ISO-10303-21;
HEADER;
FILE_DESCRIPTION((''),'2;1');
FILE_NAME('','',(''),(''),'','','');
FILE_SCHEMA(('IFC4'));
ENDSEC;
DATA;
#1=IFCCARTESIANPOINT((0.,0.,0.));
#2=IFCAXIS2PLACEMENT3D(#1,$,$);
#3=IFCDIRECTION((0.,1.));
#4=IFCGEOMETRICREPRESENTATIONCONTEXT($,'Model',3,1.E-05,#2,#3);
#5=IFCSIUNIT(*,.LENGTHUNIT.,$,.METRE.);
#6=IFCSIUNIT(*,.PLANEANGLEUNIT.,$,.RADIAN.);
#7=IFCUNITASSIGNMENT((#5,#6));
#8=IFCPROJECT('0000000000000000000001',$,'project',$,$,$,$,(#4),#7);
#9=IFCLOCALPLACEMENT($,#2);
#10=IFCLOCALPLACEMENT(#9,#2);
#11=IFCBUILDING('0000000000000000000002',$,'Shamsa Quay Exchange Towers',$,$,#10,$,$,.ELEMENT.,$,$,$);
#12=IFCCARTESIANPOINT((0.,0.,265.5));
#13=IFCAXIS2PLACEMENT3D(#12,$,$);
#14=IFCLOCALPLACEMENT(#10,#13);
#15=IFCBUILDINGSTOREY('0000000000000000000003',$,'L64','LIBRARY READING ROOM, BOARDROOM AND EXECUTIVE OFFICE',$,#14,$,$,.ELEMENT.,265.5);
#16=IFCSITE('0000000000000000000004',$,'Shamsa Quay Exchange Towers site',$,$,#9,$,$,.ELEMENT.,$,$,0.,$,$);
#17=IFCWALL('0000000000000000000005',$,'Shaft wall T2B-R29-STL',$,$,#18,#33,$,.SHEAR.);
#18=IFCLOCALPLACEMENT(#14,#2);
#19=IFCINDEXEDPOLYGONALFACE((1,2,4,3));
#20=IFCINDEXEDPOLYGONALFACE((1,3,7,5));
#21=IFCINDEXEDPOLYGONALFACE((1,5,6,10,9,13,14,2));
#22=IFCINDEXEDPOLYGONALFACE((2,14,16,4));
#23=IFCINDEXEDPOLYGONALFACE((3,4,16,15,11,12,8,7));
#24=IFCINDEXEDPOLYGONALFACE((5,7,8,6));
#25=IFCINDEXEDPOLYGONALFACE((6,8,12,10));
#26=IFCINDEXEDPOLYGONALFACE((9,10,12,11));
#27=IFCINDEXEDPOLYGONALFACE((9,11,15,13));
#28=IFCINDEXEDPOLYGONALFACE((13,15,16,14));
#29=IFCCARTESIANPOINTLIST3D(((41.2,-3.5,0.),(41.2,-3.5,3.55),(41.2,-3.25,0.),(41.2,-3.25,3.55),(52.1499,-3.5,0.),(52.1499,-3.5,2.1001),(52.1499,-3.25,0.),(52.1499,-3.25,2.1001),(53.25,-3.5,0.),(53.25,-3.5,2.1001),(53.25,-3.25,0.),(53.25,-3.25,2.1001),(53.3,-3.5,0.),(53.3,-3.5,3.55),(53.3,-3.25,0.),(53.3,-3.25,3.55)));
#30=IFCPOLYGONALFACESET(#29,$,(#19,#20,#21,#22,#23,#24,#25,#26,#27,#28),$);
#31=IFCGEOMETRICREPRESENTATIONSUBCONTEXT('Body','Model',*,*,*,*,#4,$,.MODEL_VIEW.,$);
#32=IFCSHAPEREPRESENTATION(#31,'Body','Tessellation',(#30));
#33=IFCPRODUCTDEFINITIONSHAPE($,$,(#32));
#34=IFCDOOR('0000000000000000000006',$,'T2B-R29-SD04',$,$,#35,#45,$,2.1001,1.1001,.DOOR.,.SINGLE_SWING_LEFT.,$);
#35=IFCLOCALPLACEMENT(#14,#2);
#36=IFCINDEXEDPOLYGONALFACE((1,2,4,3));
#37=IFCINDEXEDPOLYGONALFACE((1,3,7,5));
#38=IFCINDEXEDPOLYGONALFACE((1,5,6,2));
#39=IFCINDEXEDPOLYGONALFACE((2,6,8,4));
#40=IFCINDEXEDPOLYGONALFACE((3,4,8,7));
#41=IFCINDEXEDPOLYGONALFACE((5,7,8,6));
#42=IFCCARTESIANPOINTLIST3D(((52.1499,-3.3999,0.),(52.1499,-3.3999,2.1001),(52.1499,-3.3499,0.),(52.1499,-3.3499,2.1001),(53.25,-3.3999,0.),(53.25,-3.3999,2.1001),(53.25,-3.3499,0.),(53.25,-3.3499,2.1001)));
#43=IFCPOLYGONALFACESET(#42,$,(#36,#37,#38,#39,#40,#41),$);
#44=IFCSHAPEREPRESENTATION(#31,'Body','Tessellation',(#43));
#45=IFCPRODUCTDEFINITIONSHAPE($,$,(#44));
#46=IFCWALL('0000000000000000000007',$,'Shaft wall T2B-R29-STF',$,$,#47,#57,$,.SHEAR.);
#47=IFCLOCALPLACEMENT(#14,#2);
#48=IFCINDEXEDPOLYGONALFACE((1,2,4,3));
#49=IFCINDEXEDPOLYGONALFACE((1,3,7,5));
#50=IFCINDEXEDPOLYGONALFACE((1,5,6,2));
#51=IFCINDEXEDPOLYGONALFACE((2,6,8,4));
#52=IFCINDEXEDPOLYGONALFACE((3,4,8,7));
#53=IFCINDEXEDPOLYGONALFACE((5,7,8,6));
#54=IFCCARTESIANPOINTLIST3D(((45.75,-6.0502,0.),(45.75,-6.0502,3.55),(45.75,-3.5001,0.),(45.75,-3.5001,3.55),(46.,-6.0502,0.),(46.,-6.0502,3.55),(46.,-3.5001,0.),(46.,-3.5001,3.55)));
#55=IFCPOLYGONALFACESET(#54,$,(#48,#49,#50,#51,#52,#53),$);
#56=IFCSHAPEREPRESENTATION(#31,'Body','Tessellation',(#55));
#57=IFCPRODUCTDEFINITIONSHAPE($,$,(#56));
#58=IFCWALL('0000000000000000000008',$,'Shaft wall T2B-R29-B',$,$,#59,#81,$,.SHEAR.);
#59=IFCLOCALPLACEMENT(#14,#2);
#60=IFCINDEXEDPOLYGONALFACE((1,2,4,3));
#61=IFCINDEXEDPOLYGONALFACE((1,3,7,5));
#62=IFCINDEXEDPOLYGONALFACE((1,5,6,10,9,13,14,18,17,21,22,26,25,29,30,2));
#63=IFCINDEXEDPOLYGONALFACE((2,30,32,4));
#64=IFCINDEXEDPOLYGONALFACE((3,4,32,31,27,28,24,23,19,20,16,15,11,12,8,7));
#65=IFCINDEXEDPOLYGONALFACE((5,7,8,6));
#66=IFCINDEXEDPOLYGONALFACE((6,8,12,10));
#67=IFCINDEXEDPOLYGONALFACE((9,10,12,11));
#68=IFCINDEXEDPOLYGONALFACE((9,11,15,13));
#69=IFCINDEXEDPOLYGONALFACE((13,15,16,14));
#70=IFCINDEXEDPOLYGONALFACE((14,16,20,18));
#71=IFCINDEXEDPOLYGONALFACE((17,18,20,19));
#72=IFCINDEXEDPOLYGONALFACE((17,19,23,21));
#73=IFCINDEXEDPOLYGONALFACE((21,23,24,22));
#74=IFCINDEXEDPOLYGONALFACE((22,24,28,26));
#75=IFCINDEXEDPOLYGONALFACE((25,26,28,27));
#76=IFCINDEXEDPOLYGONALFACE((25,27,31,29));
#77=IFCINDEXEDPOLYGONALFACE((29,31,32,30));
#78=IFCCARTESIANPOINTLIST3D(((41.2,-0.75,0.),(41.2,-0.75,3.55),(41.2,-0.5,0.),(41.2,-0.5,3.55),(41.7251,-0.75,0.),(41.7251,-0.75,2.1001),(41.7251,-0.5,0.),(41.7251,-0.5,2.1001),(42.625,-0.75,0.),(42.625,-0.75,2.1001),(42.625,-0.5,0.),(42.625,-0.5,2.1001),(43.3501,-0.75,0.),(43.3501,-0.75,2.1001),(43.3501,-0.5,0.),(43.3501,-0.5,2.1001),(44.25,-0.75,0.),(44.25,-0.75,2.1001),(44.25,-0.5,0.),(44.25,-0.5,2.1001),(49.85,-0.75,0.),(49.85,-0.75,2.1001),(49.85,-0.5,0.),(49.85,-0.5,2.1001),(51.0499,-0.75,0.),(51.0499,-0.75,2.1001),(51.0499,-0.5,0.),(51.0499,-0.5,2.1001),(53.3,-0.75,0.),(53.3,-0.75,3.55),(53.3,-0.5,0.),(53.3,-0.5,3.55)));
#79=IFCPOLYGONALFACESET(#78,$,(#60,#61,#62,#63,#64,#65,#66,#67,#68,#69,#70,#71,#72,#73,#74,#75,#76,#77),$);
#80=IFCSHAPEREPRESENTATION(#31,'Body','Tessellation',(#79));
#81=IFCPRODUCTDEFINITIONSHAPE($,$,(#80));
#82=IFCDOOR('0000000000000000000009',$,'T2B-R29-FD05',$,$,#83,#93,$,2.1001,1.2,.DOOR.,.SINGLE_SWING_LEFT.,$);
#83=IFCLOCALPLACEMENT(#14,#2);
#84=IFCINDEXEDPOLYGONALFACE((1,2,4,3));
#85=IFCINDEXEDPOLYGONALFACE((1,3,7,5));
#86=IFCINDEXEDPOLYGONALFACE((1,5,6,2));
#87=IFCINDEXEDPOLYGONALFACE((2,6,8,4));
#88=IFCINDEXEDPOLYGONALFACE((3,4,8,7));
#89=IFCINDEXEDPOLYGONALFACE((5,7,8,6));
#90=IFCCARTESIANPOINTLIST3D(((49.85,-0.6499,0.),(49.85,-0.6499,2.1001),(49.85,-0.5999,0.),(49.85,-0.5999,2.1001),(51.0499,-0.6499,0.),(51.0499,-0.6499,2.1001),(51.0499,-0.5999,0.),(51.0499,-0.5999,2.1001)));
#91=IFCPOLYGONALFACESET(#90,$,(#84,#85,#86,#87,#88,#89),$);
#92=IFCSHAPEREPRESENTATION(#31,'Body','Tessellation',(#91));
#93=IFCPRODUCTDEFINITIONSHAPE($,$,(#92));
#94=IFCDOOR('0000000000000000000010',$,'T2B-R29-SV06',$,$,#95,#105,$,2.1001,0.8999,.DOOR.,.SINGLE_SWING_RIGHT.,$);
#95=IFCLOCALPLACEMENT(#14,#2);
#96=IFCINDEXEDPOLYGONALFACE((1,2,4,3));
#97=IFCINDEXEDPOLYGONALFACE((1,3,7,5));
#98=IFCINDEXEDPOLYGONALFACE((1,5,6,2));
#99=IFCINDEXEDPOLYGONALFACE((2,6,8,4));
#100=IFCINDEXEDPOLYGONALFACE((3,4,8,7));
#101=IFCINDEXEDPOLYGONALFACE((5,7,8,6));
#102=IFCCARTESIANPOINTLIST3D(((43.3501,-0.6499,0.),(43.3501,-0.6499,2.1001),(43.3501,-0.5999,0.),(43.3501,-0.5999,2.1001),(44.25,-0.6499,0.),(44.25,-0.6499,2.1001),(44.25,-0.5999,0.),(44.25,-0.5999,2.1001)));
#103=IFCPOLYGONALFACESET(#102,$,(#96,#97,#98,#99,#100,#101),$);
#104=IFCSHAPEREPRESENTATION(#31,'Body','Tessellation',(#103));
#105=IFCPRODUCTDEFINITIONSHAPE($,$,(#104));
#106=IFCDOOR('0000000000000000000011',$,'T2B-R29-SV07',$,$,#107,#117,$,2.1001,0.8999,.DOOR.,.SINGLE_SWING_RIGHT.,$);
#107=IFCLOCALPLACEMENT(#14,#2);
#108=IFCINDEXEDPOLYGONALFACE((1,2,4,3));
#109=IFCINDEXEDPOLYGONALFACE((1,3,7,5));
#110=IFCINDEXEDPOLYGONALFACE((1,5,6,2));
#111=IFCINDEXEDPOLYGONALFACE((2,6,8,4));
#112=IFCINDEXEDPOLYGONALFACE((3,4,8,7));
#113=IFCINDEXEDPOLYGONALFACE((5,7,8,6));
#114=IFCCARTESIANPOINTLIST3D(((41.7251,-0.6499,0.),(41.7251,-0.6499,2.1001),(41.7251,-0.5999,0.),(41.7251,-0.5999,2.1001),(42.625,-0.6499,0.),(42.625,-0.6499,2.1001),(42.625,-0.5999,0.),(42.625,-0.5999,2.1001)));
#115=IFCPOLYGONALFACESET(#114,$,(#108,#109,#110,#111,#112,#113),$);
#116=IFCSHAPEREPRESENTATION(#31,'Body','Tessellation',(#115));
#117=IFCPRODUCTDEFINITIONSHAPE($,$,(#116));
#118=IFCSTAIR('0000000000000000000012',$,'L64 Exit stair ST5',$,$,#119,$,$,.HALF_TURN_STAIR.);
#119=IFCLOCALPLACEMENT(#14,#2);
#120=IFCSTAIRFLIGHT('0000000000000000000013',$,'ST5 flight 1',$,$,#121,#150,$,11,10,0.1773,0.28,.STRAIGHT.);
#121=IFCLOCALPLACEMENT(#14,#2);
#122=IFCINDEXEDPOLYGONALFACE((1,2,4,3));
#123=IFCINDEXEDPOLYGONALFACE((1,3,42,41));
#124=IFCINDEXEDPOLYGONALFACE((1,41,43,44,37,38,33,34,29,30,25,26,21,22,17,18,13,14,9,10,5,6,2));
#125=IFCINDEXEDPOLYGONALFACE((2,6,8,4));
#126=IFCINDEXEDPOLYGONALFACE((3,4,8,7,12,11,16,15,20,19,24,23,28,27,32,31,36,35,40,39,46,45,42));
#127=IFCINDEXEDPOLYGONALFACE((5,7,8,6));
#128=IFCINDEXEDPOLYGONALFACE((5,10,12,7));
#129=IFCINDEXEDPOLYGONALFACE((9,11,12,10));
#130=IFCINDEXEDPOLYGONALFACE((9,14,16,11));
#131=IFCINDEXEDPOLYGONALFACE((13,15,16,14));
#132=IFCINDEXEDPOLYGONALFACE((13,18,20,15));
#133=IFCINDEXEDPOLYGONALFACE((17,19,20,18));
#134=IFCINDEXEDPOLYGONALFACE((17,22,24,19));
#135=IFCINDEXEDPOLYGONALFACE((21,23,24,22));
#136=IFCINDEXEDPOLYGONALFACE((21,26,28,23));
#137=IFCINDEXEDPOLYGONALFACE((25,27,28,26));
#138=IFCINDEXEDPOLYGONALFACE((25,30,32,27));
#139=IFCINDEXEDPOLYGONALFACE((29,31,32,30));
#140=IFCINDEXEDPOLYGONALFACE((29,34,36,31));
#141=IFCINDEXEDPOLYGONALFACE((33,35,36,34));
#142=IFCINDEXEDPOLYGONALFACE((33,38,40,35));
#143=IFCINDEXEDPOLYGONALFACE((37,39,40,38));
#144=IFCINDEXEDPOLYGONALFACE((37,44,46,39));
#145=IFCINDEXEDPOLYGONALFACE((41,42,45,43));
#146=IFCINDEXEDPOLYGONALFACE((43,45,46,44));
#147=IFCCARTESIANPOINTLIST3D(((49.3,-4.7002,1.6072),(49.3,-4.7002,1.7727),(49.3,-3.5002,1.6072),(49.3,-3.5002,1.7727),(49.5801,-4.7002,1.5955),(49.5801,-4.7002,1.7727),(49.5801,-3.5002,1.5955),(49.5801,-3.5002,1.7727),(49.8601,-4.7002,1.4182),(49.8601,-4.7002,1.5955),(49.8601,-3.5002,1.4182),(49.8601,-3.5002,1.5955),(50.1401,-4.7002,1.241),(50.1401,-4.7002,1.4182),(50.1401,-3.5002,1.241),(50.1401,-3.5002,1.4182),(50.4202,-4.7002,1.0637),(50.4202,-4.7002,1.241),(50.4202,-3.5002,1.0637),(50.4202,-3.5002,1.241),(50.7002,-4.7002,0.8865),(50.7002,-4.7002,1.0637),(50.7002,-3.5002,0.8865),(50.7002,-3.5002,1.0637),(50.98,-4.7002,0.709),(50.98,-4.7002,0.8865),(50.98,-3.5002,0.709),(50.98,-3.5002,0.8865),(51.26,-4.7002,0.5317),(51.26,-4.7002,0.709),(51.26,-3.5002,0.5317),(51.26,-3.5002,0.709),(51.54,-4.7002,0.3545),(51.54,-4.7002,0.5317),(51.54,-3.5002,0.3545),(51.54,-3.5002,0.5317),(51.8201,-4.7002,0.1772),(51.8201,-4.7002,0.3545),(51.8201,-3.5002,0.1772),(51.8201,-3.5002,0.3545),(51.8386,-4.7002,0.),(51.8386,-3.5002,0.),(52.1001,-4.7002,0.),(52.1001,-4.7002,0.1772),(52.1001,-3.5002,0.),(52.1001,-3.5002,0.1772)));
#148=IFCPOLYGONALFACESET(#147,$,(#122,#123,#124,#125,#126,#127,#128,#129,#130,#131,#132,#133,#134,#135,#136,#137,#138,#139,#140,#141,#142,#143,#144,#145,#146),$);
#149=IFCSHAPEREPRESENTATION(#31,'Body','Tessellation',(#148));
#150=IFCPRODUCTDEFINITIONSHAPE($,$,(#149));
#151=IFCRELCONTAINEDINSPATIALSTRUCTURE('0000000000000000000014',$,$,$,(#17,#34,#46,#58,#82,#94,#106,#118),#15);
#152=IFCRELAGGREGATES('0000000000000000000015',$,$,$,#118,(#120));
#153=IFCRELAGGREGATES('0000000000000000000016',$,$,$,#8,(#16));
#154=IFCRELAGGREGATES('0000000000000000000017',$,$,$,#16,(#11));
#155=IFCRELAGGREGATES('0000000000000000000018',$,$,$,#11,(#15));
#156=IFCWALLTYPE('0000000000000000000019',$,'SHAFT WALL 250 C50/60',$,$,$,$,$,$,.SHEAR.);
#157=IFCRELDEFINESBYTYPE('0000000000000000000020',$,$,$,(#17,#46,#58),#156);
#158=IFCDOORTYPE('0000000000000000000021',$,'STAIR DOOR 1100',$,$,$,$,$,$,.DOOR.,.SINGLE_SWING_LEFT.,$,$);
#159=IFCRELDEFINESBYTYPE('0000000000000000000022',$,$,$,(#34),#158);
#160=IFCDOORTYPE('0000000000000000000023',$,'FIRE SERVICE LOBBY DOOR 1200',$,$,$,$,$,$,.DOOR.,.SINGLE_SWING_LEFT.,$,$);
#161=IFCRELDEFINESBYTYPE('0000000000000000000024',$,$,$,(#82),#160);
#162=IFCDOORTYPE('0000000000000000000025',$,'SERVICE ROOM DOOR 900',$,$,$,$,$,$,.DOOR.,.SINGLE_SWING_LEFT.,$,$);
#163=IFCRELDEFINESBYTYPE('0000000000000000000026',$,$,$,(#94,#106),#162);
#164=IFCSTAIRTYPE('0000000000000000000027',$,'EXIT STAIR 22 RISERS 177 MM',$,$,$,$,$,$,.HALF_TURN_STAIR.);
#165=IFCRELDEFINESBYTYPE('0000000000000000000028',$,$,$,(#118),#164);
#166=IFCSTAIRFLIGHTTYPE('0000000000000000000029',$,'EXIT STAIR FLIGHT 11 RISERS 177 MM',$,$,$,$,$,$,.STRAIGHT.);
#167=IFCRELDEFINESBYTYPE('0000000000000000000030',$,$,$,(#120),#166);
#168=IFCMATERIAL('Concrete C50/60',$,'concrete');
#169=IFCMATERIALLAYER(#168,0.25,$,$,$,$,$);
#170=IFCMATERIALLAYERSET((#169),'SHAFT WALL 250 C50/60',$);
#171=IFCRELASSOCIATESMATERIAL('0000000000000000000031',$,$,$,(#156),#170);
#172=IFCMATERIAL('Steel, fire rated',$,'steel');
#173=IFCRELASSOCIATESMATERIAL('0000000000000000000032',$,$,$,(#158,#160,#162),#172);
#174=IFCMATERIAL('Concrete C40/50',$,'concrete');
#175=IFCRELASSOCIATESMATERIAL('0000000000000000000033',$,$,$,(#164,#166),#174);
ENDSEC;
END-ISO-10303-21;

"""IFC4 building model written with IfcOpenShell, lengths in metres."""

from ifc_helpers import new_model, si_unit, direction, frame, frame_2d, origin, place, context, subcontext, project, spatial, polyline, rectangle, outline, extrude, material, layer, layer_set, type_object, element, fill, aggregate, save


model = new_model("IFC4")

# Units and contexts
model_context = context("Model", 3, precision=1e-05, world=origin(), true_north=direction((0.0, 1.0)))
body_context = subcontext(model_context, "Body", "Model", "MODEL_VIEW")
ifc_project = project(units=[si_unit("LENGTHUNIT", "METRE"), si_unit("PLANEANGLEUNIT", "RADIAN")], contexts=[model_context])

# Site, building, storey
site_placement = place(None, origin())
site = spatial("IfcSite", under=ifc_project, at=site_placement, Name="Shamsa Quay Exchange Towers site", CompositionType="ELEMENT", RefElevation=0.0)
building_placement = place(site_placement, origin())
building = spatial("IfcBuilding", under=site, at=building_placement, Name="Shamsa Quay Exchange Towers", CompositionType="ELEMENT")
storey_placement = place(building_placement, frame((0.0, 0.0, 265.5)))
storey = spatial("IfcBuildingStorey", under=building, at=storey_placement, Name="L64", Description="LIBRARY READING ROOM, BOARDROOM AND EXECUTIVE OFFICE", CompositionType="ELEMENT", Elevation=265.5)

# Wall, opening, door
ifc_material_1 = material(Name="Steel, fire rated", Category="steel")
ifc_material_2 = material(Name="Concrete C50/60", Category="concrete")
ifc_layer_1 = layer(ifc_material_2, 0.25)
ifc_layer_set_1 = layer_set([ifc_layer_1], Name="SHAFT WALL 250 C50/60")
wall_type_1 = type_object("IfcWallType", Name="SHAFT WALL 250 C50/60", PredefinedType="SHEAR", material=ifc_layer_set_1)
wall_1_placement = place(storey_placement, frame((53.3, -3.375, 0.0), z_axis=(0.0, 0.0, 1.0), x_axis=(-1.0, 0.0, 0.0)))
wall_1 = element("IfcWall", 1, at=wall_1_placement, inside=storey, type_object=wall_type_1, Name="Shaft wall T2B-R29-STL", PredefinedType="SHEAR", context=body_context, shape_type="SweptSolid", body=[
    extrude(rectangle(XDim=12.1001, YDim=0.25, at=frame_2d((6.05, 0.0))), origin(), (0.0, 0.0, 1.0), 3.55),
])
opening_1_placement = place(wall_1_placement, frame((0.05, 0.0, 0.0)))
opening_1 = element("IfcOpeningElement", 2, at=opening_1_placement, cuts=wall_1, PredefinedType="OPENING", context=body_context, shape_type="SweptSolid", body=[
    extrude(rectangle(XDim=1.1001, YDim=2.1001, at=frame_2d((0.55, 1.05))), frame((0.0, 0.135, 0.0), z_axis=(0.0, -1.0, 0.0), x_axis=(1.0, 0.0, 0.0)), (0.0, 0.0, 1.0), 0.27),
])
door_type_1 = type_object("IfcDoorType", Name="STAIR DOOR 1100", OperationType="SINGLE_SWING_LEFT", PredefinedType="DOOR", material=ifc_material_1)
door_1_placement = place(opening_1_placement, origin())
door_1 = element("IfcDoor", 3, at=door_1_placement, inside=storey, type_object=door_type_1, Name="T2B-R29-SD04", OperationType="SINGLE_SWING_LEFT", OverallHeight=2.1001, OverallWidth=1.1001, PredefinedType="DOOR", context=body_context, shape_type="SweptSolid", body=[
    extrude(rectangle(XDim=1.1001, YDim=2.1001, at=frame_2d((0.55, 1.05))), frame((0.0, 0.0249, 0.0), z_axis=(0.0, -1.0, 0.0), x_axis=(1.0, 0.0, 0.0)), (0.0, 0.0, 1.0), 0.05),
])
fill(opening_1, door_1)

# Wall
wall_2_placement = place(storey_placement, frame((45.875, -6.05, 0.0), z_axis=(0.0, 0.0, 1.0), x_axis=(0.0, 1.0, 0.0)))
element("IfcWall", 4, at=wall_2_placement, inside=storey, type_object=wall_type_1, Name="Shaft wall T2B-R29-STF", PredefinedType="SHEAR", context=body_context, shape_type="SweptSolid", body=[
    extrude(rectangle(XDim=2.55, YDim=0.25, at=frame_2d((1.2749, 0.0))), origin(), (0.0, 0.0, 1.0), 3.55),
])

# Wall, openings, doors
wall_3_placement = place(storey_placement, frame((53.3, -0.625, 0.0), z_axis=(0.0, 0.0, 1.0), x_axis=(-1.0, 0.0, 0.0)))
wall_3 = element("IfcWall", 5, at=wall_3_placement, inside=storey, type_object=wall_type_1, Name="Shaft wall T2B-R29-B", PredefinedType="SHEAR", context=body_context, shape_type="SweptSolid", body=[
    extrude(rectangle(XDim=12.1001, YDim=0.25, at=frame_2d((6.05, 0.0))), origin(), (0.0, 0.0, 1.0), 3.55),
])
opening_2_placement = place(wall_3_placement, frame((2.25, 0.0, 0.0)))
opening_2 = element("IfcOpeningElement", 6, at=opening_2_placement, cuts=wall_3, PredefinedType="OPENING", context=body_context, shape_type="SweptSolid", body=[
    extrude(rectangle(XDim=1.2, YDim=2.1001, at=frame_2d((0.6001, 1.05))), frame((0.0, 0.135, 0.0), z_axis=(0.0, -1.0, 0.0), x_axis=(1.0, 0.0, 0.0)), (0.0, 0.0, 1.0), 0.27),
])
opening_3_placement = place(wall_3_placement, frame((9.05, 0.0, 0.0)))
opening_3 = element("IfcOpeningElement", 7, at=opening_3_placement, cuts=wall_3, PredefinedType="OPENING", context=body_context, shape_type="SweptSolid", body=[
    extrude(rectangle(XDim=0.8999, YDim=2.1001, at=frame_2d((0.45, 1.05))), frame((0.0, 0.135, 0.0), z_axis=(0.0, -1.0, 0.0), x_axis=(1.0, 0.0, 0.0)), (0.0, 0.0, 1.0), 0.27),
])
opening_4_placement = place(wall_3_placement, frame((10.675, 0.0, 0.0)))
opening_4 = element("IfcOpeningElement", 8, at=opening_4_placement, cuts=wall_3, PredefinedType="OPENING", context=body_context, shape_type="SweptSolid", body=[
    extrude(rectangle(XDim=0.8999, YDim=2.1001, at=frame_2d((0.45, 1.05))), frame((0.0, 0.135, 0.0), z_axis=(0.0, -1.0, 0.0), x_axis=(1.0, 0.0, 0.0)), (0.0, 0.0, 1.0), 0.27),
])
door_type_2 = type_object("IfcDoorType", Name="FIRE SERVICE LOBBY DOOR 1200", OperationType="SINGLE_SWING_LEFT", PredefinedType="DOOR", material=ifc_material_1)
door_2_placement = place(opening_2_placement, origin())
door_2 = element("IfcDoor", 9, at=door_2_placement, inside=storey, type_object=door_type_2, Name="T2B-R29-FD05", OperationType="SINGLE_SWING_LEFT", OverallHeight=2.1001, OverallWidth=1.2, PredefinedType="DOOR", context=body_context, shape_type="SweptSolid", body=[
    extrude(rectangle(XDim=1.2, YDim=2.1001, at=frame_2d((0.6001, 1.05))), frame((0.0, 0.0249, 0.0), z_axis=(0.0, -1.0, 0.0), x_axis=(1.0, 0.0, 0.0)), (0.0, 0.0, 1.0), 0.05),
])
fill(opening_2, door_2)
door_type_3 = type_object("IfcDoorType", Name="SERVICE ROOM DOOR 900", OperationType="SINGLE_SWING_LEFT", PredefinedType="DOOR", material=ifc_material_1)
door_3_placement = place(opening_3_placement, origin())
door_3 = element("IfcDoor", 10, at=door_3_placement, inside=storey, type_object=door_type_3, Name="T2B-R29-SV06", OperationType="SINGLE_SWING_RIGHT", OverallHeight=2.1001, OverallWidth=0.8999, PredefinedType="DOOR", context=body_context, shape_type="SweptSolid", body=[
    extrude(rectangle(XDim=0.8999, YDim=2.1001, at=frame_2d((0.45, 1.05))), frame((0.0, 0.0249, 0.0), z_axis=(0.0, -1.0, 0.0), x_axis=(1.0, 0.0, 0.0)), (0.0, 0.0, 1.0), 0.05),
])
fill(opening_3, door_3)
door_4_placement = place(opening_4_placement, origin())
door_4 = element("IfcDoor", 11, at=door_4_placement, inside=storey, type_object=door_type_3, Name="T2B-R29-SV07", OperationType="SINGLE_SWING_RIGHT", OverallHeight=2.1001, OverallWidth=0.8999, PredefinedType="DOOR", context=body_context, shape_type="SweptSolid", body=[
    extrude(rectangle(XDim=0.8999, YDim=2.1001, at=frame_2d((0.45, 1.05))), frame((0.0, 0.0249, 0.0), z_axis=(0.0, -1.0, 0.0), x_axis=(1.0, 0.0, 0.0)), (0.0, 0.0, 1.0), 0.05),
])
fill(opening_4, door_4)

# Stair, stair flight
ifc_material_3 = material(Name="Concrete C40/50", Category="concrete")
stair_type = type_object("IfcStairType", Name="EXIT STAIR 22 RISERS 177 MM", PredefinedType="HALF_TURN_STAIR", material=ifc_material_3)
stair_placement = place(storey_placement, origin())
stair = element("IfcStair", 12, at=stair_placement, inside=storey, type_object=stair_type, Name="L64 Exit stair ST5", PredefinedType="HALF_TURN_STAIR")
stair_flight_type = type_object("IfcStairFlightType", Name="EXIT STAIR FLIGHT 11 RISERS 177 MM", PredefinedType="STRAIGHT", material=ifc_material_3)
stair_flight_1_placement = place(storey_placement, frame((52.1001, -4.1001, 0.0), z_axis=(0.0, 0.0, 1.0), x_axis=(-1.0, 0.0, 0.0)))
stair_flight_1 = element("IfcStairFlight", 13, at=stair_flight_1_placement, type_object=stair_flight_type, Name="ST5 flight 1", NumberOfRisers=11, NumberOfTreads=10, PredefinedType="STRAIGHT", RiserHeight=0.1773, TreadLength=0.28, context=body_context, shape_type="SweptSolid", body=[
    extrude(outline(polyline([(0.0, 0.0), (0.0, 0.1772), (0.28, 0.1772), (0.28, 0.3545), (0.5601, 0.3545), (0.5601, 0.5317), (0.8401, 0.5317), (0.8401, 0.709), (1.1201, 0.709), (1.1201, 0.8865), (1.3999, 0.8865), (1.3999, 1.0637), (1.6799, 1.0637), (1.6799, 1.241), (1.96, 1.241), (1.96, 1.4182), (2.24, 1.4182), (2.24, 1.5955), (2.52, 1.5955), (2.52, 1.7727), (2.8, 1.7727), (2.8, 1.95), (2.8, 1.6072), (0.2615, 0.0), (0.0, 0.0)])), frame((0.0, 0.6001, 0.0), z_axis=(0.0, -1.0, 0.0), x_axis=(1.0, 0.0, 0.0)), (0.0, 0.0, 1.0), 1.2),
])
aggregate(stair, [stair_flight_1])

save(model, "model.ifc")
